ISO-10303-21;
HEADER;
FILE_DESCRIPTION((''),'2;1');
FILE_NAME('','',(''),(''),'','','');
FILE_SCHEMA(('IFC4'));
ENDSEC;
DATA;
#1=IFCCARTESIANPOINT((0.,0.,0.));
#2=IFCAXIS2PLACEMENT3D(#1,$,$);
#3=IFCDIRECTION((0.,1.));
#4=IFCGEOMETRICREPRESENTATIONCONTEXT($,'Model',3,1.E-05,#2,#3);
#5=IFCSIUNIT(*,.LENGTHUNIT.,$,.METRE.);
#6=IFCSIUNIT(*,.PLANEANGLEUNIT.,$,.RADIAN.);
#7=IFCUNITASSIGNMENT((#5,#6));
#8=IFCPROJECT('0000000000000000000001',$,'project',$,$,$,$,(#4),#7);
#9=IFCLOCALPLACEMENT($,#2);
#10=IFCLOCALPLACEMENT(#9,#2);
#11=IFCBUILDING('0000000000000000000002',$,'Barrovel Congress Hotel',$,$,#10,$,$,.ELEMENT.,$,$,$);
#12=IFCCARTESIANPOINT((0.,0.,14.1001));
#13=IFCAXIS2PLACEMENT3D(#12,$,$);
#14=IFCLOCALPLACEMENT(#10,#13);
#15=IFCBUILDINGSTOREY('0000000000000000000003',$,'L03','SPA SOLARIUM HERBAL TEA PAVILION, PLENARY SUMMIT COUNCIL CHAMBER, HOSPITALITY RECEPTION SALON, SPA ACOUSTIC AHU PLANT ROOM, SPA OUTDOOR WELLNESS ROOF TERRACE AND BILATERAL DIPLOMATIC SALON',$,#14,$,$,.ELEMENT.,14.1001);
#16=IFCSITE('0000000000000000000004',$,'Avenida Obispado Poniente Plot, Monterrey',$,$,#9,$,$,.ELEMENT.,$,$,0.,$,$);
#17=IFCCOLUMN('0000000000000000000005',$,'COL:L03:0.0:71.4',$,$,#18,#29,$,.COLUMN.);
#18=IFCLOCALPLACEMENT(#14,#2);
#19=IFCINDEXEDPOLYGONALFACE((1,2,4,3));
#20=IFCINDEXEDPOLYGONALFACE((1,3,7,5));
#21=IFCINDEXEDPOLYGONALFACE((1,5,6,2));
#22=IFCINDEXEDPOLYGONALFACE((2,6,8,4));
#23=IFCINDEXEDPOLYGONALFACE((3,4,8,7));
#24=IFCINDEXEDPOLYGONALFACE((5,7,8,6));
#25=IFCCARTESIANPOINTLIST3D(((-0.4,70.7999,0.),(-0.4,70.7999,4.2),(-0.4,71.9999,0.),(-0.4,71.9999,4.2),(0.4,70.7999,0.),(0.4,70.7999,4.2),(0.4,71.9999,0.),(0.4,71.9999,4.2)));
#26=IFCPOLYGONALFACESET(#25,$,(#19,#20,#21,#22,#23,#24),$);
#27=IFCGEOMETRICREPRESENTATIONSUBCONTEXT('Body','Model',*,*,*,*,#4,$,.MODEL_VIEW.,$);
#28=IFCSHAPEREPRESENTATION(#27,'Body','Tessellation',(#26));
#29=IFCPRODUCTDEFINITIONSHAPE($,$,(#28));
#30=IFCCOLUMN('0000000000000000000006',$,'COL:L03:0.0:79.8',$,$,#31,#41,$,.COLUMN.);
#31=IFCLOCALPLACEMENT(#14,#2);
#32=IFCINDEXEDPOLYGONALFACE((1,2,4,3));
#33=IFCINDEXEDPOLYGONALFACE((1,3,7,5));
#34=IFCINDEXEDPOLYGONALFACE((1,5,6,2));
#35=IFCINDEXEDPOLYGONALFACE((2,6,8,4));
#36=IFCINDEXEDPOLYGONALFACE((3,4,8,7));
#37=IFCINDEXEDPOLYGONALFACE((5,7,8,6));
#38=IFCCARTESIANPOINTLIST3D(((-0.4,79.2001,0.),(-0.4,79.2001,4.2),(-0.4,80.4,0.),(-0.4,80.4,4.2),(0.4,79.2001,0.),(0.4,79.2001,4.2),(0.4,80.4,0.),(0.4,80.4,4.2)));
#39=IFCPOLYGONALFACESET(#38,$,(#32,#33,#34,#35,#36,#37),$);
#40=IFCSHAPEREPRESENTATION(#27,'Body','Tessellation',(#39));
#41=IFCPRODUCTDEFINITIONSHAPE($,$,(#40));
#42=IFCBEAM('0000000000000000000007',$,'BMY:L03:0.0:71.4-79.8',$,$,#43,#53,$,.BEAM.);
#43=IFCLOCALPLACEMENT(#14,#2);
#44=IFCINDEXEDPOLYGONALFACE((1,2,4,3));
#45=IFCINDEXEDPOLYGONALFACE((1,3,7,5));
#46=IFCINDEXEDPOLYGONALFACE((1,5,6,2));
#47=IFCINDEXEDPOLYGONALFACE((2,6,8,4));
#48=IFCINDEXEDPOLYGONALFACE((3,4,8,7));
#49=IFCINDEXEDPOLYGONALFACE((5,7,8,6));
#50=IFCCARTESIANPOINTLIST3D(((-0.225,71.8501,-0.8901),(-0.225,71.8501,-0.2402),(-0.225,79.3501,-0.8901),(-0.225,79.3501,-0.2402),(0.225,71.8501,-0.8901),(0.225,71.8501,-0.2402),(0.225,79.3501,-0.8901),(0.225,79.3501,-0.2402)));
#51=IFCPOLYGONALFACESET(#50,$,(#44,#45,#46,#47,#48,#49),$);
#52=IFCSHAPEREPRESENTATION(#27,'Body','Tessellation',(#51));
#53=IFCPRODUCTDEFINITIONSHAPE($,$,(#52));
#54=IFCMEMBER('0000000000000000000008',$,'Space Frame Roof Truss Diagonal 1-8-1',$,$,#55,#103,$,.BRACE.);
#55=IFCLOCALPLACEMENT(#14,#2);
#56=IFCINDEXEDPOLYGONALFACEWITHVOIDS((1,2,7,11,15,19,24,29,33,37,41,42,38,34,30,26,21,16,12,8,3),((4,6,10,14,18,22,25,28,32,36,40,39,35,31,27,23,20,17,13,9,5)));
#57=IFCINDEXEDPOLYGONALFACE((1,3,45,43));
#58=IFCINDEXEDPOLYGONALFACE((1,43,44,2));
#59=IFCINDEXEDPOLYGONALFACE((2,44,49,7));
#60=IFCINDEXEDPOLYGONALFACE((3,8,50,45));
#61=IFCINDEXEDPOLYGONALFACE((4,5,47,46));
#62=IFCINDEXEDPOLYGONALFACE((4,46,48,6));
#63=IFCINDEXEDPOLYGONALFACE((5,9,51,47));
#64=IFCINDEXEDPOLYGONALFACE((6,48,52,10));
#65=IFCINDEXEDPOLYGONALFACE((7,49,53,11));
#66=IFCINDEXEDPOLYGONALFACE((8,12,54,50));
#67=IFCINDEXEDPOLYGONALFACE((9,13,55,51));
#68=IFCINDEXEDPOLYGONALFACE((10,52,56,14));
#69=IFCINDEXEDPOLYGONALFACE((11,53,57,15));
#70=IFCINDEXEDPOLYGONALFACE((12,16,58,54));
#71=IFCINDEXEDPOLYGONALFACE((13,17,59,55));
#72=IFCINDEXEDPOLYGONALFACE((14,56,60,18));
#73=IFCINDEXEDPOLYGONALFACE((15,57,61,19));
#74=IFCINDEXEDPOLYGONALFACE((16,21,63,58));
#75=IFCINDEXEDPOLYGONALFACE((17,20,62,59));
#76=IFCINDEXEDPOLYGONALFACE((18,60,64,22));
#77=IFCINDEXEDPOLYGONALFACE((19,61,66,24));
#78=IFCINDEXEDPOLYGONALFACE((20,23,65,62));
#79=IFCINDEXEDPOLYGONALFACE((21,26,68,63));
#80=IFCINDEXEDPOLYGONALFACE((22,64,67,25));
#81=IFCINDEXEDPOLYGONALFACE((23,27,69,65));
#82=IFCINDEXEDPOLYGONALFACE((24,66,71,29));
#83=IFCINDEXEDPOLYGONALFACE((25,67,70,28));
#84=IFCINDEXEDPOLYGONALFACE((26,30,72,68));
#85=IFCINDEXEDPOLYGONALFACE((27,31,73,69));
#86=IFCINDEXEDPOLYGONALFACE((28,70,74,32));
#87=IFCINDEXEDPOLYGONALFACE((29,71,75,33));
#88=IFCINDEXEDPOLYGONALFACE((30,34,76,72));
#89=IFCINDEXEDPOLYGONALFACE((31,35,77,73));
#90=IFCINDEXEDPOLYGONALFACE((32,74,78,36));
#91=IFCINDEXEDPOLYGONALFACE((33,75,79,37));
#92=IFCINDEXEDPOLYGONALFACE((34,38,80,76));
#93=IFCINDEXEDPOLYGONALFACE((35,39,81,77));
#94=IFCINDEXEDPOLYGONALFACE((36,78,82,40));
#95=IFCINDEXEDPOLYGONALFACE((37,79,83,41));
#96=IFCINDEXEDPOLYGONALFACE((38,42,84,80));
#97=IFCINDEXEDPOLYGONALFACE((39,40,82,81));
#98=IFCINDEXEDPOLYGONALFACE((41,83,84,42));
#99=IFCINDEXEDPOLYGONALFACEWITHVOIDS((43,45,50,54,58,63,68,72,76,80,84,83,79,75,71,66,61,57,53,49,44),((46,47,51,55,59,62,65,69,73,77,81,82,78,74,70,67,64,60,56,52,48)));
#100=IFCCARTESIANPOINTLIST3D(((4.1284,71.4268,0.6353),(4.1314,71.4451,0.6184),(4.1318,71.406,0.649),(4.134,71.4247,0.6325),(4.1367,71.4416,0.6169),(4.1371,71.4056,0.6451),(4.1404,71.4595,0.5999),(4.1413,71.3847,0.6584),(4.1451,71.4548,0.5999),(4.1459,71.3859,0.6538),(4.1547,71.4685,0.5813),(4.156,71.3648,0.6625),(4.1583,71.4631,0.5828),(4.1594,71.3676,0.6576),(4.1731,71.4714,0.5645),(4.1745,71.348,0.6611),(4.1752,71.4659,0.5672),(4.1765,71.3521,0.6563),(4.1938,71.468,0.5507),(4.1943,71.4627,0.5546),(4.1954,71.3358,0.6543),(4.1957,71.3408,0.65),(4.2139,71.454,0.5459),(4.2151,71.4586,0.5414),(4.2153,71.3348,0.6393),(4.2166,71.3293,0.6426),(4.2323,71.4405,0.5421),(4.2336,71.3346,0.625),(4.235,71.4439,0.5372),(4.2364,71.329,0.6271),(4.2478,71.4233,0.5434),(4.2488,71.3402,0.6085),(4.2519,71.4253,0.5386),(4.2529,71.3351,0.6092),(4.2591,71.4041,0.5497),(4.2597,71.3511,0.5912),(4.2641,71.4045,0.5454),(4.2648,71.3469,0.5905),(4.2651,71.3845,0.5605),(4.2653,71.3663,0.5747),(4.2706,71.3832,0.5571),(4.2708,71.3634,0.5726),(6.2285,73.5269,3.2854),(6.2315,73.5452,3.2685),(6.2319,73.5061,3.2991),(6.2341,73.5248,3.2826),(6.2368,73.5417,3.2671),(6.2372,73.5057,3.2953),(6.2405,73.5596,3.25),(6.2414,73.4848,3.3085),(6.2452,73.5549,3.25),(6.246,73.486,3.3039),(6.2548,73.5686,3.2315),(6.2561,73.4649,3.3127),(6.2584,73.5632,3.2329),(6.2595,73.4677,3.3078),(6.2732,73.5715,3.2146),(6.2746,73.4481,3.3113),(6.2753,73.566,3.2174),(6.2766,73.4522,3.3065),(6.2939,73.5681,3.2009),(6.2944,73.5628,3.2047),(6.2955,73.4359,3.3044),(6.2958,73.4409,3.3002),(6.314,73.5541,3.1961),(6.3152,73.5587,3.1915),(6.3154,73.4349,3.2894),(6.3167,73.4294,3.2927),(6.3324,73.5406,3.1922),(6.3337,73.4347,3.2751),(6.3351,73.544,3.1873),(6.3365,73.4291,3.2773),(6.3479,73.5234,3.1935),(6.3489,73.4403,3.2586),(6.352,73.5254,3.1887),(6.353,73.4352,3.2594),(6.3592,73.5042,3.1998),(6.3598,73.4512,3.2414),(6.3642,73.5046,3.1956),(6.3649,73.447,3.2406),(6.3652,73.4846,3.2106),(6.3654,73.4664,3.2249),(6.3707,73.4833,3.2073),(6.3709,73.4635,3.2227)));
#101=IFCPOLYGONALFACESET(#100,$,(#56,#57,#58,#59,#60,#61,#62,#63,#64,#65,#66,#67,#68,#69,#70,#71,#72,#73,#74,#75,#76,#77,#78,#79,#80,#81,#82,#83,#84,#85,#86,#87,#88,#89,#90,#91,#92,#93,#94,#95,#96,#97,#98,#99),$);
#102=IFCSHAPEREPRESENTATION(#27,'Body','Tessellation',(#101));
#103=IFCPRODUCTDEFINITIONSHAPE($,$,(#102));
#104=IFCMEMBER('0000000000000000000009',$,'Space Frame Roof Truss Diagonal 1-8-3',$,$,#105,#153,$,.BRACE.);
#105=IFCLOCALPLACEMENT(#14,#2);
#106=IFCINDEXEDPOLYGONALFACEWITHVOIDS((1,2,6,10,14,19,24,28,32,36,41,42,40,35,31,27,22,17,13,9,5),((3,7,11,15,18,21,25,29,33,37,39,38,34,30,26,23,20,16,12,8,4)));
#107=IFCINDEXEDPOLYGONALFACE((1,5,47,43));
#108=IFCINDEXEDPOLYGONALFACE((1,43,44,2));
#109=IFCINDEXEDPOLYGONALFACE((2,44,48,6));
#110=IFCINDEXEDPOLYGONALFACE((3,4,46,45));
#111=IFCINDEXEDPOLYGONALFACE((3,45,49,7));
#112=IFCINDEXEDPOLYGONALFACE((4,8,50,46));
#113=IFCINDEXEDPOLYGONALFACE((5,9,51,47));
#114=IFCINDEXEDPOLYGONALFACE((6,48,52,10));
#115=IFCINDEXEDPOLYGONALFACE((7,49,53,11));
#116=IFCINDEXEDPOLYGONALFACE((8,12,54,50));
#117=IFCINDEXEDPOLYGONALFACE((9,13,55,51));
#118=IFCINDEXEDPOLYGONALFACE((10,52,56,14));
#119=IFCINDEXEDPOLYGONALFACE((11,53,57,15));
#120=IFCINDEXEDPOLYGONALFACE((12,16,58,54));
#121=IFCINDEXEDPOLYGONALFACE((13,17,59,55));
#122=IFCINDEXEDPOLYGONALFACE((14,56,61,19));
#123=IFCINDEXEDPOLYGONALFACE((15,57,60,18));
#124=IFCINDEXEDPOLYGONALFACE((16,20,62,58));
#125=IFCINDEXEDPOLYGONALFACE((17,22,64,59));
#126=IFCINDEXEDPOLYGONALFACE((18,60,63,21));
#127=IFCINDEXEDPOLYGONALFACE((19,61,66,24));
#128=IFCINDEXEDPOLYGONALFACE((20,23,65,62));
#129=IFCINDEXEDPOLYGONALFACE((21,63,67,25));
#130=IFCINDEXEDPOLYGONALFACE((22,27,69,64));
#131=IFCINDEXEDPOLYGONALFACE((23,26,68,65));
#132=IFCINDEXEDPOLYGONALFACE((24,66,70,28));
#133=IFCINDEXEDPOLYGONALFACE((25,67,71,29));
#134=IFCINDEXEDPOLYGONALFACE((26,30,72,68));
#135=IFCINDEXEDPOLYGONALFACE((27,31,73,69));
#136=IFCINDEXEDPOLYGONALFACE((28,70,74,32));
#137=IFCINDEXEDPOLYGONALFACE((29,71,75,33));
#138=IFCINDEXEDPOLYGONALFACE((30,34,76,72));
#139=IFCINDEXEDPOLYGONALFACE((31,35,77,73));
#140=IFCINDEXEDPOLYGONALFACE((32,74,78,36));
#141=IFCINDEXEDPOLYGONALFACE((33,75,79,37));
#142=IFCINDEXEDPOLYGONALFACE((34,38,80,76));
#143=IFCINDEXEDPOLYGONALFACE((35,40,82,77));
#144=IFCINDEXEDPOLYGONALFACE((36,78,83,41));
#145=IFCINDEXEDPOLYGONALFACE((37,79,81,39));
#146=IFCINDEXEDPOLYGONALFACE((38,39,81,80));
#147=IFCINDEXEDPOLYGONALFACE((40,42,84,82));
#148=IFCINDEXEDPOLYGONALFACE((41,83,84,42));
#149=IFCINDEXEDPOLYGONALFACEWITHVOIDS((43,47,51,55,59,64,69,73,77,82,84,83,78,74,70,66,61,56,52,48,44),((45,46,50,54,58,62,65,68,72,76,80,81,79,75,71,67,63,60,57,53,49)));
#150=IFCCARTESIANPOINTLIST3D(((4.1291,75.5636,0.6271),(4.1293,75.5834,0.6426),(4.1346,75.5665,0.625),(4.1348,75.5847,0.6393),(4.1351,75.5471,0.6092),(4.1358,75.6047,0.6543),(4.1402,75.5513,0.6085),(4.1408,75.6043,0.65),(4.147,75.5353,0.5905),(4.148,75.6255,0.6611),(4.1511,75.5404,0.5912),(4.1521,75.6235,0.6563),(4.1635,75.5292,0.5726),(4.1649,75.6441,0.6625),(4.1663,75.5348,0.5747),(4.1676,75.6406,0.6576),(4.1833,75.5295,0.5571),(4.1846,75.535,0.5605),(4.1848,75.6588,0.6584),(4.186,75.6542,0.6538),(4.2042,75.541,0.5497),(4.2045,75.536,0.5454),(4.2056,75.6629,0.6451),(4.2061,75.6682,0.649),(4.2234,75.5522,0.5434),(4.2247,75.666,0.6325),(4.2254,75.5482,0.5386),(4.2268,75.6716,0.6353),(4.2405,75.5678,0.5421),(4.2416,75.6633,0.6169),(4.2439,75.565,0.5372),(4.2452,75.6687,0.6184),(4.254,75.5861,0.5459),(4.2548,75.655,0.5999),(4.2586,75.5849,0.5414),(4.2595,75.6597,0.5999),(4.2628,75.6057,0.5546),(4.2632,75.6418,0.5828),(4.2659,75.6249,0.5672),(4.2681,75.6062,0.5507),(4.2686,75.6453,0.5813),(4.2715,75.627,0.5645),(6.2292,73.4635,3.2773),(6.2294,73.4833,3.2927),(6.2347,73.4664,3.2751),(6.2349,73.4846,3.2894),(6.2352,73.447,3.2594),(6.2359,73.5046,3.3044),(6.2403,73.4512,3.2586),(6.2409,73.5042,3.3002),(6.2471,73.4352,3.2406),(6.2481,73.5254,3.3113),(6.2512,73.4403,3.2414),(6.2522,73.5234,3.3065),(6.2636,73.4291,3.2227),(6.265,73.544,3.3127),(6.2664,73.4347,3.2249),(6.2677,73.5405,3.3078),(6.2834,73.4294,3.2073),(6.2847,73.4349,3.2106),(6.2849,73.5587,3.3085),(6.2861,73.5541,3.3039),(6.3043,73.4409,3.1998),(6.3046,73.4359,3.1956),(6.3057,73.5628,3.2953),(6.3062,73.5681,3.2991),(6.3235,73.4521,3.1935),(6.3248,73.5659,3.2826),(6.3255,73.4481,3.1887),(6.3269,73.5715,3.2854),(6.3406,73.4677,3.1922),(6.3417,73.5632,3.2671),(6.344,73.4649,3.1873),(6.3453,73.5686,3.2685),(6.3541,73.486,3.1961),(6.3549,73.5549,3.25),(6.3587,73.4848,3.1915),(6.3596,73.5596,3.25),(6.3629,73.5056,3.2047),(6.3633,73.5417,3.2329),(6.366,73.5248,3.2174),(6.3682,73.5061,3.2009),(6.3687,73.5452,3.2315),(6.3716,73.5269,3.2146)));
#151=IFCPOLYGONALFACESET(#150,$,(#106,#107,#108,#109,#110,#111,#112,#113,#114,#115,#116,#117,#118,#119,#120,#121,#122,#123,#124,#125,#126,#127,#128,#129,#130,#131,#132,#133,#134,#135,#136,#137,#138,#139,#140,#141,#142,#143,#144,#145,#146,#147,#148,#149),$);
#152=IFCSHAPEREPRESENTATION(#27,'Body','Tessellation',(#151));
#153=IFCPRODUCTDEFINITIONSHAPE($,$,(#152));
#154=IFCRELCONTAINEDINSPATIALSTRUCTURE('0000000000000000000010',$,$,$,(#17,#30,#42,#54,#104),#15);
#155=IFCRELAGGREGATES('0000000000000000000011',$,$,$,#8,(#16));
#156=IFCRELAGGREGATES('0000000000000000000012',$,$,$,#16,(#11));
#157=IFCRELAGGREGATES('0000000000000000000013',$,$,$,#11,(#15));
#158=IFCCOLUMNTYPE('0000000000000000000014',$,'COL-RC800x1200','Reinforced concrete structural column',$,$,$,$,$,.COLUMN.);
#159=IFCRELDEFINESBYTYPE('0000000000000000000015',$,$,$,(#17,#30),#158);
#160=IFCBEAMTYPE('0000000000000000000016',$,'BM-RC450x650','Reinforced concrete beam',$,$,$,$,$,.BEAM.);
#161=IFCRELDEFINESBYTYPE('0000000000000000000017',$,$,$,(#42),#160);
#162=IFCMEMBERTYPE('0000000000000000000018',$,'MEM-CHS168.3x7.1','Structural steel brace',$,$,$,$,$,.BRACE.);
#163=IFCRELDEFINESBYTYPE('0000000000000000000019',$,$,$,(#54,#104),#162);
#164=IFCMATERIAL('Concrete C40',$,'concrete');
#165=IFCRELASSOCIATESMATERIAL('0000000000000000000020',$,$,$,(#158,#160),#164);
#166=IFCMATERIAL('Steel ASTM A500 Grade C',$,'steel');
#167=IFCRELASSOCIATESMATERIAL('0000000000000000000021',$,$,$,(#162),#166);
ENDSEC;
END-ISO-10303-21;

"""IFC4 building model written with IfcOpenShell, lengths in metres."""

from ifc_helpers import new_model, si_unit, direction, frame, origin, origin_2d, place, context, subcontext, project, spatial, rectangle, hollow_circle, extrude, material, material_profile, profile_set, type_object, element, save


model = new_model("IFC4")

# Units and contexts
model_context = context("Model", 3, precision=1e-05, world=origin(), true_north=direction((0.0, 1.0)))
body_context = subcontext(model_context, "Body", "Model", "MODEL_VIEW")
ifc_project = project(units=[si_unit("LENGTHUNIT", "METRE"), si_unit("PLANEANGLEUNIT", "RADIAN")], contexts=[model_context])

# Site, building, storey
site_placement = place(None, origin())
site = spatial("IfcSite", under=ifc_project, at=site_placement, Name="Avenida Obispado Poniente Plot, Monterrey", CompositionType="ELEMENT", RefElevation=0.0)
building_placement = place(site_placement, origin())
building = spatial("IfcBuilding", under=site, at=building_placement, Name="Barrovel Congress Hotel", CompositionType="ELEMENT")
storey_placement = place(building_placement, frame((0.0, 0.0, 14.1001)))
storey = spatial("IfcBuildingStorey", under=building, at=storey_placement, Name="L03", Description="SPA SOLARIUM HERBAL TEA PAVILION, PLENARY SUMMIT COUNCIL CHAMBER, HOSPITALITY RECEPTION SALON, SPA ACOUSTIC AHU PLANT ROOM, SPA OUTDOOR WELLNESS ROOF TERRACE AND BILATERAL DIPLOMATIC SALON", CompositionType="ELEMENT", Elevation=14.1001)

# Columns
ifc_material_1 = material(Name="Concrete C40", Category="concrete")
ifc_material_profile_1 = material_profile(ifc_material_1, rectangle(XDim=0.8, YDim=1.2, at=origin_2d()), Name="RC800x1200")
ifc_profile_set_1 = profile_set([ifc_material_profile_1], Name="Concrete C40")
column_type = type_object("IfcColumnType", Name="COL-RC800x1200", Description="Reinforced concrete structural column", PredefinedType="COLUMN", material=ifc_profile_set_1)
for number, where, z_axis, x_axis, name in (
    (1, (0.0, 71.3999, 0.0), (0.0, 0.0, 1.0), (1.0, 0.0, 0.0), "COL:L03:0.0:71.4"),
    (2, (0.0, 79.8, 0.0), (0.0, 0.0, 1.0), (1.0, 0.0, 0.0), "COL:L03:0.0:79.8"),
):
    element("IfcColumn", number, at=place(storey_placement, frame(where, z_axis=z_axis, x_axis=x_axis)), inside=storey, type_object=column_type, Name=name, PredefinedType="COLUMN", context=body_context, shape_type="SweptSolid", body=[
        extrude(rectangle(XDim=0.8, YDim=1.2, at=origin_2d()), origin(), (0.0, 0.0, 1.0), 4.2),
    ])

# Beam
ifc_material_profile_2 = material_profile(ifc_material_1, rectangle(XDim=0.45, YDim=0.6499, at=origin_2d()), Name="RC450x650")
ifc_profile_set_2 = profile_set([ifc_material_profile_2], Name="Concrete C40")
beam_type_1 = type_object("IfcBeamType", Name="BM-RC450x650", Description="Reinforced concrete beam", PredefinedType="BEAM", material=ifc_profile_set_2)
beam_1_placement = place(storey_placement, frame((0.0, 71.8501, -0.5652), z_axis=(0.0, 1.0, 0.0), x_axis=(-1.0, 0.0, 0.0)))
element("IfcBeam", 3, at=beam_1_placement, inside=storey, type_object=beam_type_1, Name="BMY:L03:0.0:71.4-79.8", PredefinedType="BEAM", context=body_context, shape_type="SweptSolid", body=[
    extrude(rectangle(XDim=0.45, YDim=0.6499, at=origin_2d()), origin(), (0.0, 0.0, 1.0), 7.5),
])

# Members
ifc_material_2 = material(Name="Steel ASTM A500 Grade C", Category="steel")
ifc_material_profile_3 = material_profile(ifc_material_2, hollow_circle(Radius=0.0842, WallThickness=0.0066, at=origin_2d()), Name="CHS168.3x7.1")
ifc_profile_set_3 = profile_set([ifc_material_profile_3], Name="Steel ASTM A500 Grade C")
member_type_1 = type_object("IfcMemberType", Name="MEM-CHS168.3x7.1", Description="Structural steel brace", PredefinedType="BRACE", material=ifc_profile_set_3)
for number, where, z_axis, x_axis, name in (
    (4, (4.2, 71.3999, 0.5999), (0.527601, 0.527601, 0.665788), (-0.707107, 0.707107, 0.0), "Space Frame Roof Truss Diagonal 1-8-1"),
    (5, (4.2, 75.6001, 0.5999), (0.527601, -0.527601, 0.665788), (0.707107, 0.707107, 0.0), "Space Frame Roof Truss Diagonal 1-8-3"),
):
    element("IfcMember", number, at=place(storey_placement, frame(where, z_axis=z_axis, x_axis=x_axis)), inside=storey, type_object=member_type_1, Name=name, PredefinedType="BRACE", context=body_context, shape_type="SweptSolid", body=[
        extrude(hollow_circle(Radius=0.0842, WallThickness=0.0066, at=origin_2d()), origin(), (0.0, 0.0, 1.0), 3.9805),
    ])

save(model, "model.ifc")
